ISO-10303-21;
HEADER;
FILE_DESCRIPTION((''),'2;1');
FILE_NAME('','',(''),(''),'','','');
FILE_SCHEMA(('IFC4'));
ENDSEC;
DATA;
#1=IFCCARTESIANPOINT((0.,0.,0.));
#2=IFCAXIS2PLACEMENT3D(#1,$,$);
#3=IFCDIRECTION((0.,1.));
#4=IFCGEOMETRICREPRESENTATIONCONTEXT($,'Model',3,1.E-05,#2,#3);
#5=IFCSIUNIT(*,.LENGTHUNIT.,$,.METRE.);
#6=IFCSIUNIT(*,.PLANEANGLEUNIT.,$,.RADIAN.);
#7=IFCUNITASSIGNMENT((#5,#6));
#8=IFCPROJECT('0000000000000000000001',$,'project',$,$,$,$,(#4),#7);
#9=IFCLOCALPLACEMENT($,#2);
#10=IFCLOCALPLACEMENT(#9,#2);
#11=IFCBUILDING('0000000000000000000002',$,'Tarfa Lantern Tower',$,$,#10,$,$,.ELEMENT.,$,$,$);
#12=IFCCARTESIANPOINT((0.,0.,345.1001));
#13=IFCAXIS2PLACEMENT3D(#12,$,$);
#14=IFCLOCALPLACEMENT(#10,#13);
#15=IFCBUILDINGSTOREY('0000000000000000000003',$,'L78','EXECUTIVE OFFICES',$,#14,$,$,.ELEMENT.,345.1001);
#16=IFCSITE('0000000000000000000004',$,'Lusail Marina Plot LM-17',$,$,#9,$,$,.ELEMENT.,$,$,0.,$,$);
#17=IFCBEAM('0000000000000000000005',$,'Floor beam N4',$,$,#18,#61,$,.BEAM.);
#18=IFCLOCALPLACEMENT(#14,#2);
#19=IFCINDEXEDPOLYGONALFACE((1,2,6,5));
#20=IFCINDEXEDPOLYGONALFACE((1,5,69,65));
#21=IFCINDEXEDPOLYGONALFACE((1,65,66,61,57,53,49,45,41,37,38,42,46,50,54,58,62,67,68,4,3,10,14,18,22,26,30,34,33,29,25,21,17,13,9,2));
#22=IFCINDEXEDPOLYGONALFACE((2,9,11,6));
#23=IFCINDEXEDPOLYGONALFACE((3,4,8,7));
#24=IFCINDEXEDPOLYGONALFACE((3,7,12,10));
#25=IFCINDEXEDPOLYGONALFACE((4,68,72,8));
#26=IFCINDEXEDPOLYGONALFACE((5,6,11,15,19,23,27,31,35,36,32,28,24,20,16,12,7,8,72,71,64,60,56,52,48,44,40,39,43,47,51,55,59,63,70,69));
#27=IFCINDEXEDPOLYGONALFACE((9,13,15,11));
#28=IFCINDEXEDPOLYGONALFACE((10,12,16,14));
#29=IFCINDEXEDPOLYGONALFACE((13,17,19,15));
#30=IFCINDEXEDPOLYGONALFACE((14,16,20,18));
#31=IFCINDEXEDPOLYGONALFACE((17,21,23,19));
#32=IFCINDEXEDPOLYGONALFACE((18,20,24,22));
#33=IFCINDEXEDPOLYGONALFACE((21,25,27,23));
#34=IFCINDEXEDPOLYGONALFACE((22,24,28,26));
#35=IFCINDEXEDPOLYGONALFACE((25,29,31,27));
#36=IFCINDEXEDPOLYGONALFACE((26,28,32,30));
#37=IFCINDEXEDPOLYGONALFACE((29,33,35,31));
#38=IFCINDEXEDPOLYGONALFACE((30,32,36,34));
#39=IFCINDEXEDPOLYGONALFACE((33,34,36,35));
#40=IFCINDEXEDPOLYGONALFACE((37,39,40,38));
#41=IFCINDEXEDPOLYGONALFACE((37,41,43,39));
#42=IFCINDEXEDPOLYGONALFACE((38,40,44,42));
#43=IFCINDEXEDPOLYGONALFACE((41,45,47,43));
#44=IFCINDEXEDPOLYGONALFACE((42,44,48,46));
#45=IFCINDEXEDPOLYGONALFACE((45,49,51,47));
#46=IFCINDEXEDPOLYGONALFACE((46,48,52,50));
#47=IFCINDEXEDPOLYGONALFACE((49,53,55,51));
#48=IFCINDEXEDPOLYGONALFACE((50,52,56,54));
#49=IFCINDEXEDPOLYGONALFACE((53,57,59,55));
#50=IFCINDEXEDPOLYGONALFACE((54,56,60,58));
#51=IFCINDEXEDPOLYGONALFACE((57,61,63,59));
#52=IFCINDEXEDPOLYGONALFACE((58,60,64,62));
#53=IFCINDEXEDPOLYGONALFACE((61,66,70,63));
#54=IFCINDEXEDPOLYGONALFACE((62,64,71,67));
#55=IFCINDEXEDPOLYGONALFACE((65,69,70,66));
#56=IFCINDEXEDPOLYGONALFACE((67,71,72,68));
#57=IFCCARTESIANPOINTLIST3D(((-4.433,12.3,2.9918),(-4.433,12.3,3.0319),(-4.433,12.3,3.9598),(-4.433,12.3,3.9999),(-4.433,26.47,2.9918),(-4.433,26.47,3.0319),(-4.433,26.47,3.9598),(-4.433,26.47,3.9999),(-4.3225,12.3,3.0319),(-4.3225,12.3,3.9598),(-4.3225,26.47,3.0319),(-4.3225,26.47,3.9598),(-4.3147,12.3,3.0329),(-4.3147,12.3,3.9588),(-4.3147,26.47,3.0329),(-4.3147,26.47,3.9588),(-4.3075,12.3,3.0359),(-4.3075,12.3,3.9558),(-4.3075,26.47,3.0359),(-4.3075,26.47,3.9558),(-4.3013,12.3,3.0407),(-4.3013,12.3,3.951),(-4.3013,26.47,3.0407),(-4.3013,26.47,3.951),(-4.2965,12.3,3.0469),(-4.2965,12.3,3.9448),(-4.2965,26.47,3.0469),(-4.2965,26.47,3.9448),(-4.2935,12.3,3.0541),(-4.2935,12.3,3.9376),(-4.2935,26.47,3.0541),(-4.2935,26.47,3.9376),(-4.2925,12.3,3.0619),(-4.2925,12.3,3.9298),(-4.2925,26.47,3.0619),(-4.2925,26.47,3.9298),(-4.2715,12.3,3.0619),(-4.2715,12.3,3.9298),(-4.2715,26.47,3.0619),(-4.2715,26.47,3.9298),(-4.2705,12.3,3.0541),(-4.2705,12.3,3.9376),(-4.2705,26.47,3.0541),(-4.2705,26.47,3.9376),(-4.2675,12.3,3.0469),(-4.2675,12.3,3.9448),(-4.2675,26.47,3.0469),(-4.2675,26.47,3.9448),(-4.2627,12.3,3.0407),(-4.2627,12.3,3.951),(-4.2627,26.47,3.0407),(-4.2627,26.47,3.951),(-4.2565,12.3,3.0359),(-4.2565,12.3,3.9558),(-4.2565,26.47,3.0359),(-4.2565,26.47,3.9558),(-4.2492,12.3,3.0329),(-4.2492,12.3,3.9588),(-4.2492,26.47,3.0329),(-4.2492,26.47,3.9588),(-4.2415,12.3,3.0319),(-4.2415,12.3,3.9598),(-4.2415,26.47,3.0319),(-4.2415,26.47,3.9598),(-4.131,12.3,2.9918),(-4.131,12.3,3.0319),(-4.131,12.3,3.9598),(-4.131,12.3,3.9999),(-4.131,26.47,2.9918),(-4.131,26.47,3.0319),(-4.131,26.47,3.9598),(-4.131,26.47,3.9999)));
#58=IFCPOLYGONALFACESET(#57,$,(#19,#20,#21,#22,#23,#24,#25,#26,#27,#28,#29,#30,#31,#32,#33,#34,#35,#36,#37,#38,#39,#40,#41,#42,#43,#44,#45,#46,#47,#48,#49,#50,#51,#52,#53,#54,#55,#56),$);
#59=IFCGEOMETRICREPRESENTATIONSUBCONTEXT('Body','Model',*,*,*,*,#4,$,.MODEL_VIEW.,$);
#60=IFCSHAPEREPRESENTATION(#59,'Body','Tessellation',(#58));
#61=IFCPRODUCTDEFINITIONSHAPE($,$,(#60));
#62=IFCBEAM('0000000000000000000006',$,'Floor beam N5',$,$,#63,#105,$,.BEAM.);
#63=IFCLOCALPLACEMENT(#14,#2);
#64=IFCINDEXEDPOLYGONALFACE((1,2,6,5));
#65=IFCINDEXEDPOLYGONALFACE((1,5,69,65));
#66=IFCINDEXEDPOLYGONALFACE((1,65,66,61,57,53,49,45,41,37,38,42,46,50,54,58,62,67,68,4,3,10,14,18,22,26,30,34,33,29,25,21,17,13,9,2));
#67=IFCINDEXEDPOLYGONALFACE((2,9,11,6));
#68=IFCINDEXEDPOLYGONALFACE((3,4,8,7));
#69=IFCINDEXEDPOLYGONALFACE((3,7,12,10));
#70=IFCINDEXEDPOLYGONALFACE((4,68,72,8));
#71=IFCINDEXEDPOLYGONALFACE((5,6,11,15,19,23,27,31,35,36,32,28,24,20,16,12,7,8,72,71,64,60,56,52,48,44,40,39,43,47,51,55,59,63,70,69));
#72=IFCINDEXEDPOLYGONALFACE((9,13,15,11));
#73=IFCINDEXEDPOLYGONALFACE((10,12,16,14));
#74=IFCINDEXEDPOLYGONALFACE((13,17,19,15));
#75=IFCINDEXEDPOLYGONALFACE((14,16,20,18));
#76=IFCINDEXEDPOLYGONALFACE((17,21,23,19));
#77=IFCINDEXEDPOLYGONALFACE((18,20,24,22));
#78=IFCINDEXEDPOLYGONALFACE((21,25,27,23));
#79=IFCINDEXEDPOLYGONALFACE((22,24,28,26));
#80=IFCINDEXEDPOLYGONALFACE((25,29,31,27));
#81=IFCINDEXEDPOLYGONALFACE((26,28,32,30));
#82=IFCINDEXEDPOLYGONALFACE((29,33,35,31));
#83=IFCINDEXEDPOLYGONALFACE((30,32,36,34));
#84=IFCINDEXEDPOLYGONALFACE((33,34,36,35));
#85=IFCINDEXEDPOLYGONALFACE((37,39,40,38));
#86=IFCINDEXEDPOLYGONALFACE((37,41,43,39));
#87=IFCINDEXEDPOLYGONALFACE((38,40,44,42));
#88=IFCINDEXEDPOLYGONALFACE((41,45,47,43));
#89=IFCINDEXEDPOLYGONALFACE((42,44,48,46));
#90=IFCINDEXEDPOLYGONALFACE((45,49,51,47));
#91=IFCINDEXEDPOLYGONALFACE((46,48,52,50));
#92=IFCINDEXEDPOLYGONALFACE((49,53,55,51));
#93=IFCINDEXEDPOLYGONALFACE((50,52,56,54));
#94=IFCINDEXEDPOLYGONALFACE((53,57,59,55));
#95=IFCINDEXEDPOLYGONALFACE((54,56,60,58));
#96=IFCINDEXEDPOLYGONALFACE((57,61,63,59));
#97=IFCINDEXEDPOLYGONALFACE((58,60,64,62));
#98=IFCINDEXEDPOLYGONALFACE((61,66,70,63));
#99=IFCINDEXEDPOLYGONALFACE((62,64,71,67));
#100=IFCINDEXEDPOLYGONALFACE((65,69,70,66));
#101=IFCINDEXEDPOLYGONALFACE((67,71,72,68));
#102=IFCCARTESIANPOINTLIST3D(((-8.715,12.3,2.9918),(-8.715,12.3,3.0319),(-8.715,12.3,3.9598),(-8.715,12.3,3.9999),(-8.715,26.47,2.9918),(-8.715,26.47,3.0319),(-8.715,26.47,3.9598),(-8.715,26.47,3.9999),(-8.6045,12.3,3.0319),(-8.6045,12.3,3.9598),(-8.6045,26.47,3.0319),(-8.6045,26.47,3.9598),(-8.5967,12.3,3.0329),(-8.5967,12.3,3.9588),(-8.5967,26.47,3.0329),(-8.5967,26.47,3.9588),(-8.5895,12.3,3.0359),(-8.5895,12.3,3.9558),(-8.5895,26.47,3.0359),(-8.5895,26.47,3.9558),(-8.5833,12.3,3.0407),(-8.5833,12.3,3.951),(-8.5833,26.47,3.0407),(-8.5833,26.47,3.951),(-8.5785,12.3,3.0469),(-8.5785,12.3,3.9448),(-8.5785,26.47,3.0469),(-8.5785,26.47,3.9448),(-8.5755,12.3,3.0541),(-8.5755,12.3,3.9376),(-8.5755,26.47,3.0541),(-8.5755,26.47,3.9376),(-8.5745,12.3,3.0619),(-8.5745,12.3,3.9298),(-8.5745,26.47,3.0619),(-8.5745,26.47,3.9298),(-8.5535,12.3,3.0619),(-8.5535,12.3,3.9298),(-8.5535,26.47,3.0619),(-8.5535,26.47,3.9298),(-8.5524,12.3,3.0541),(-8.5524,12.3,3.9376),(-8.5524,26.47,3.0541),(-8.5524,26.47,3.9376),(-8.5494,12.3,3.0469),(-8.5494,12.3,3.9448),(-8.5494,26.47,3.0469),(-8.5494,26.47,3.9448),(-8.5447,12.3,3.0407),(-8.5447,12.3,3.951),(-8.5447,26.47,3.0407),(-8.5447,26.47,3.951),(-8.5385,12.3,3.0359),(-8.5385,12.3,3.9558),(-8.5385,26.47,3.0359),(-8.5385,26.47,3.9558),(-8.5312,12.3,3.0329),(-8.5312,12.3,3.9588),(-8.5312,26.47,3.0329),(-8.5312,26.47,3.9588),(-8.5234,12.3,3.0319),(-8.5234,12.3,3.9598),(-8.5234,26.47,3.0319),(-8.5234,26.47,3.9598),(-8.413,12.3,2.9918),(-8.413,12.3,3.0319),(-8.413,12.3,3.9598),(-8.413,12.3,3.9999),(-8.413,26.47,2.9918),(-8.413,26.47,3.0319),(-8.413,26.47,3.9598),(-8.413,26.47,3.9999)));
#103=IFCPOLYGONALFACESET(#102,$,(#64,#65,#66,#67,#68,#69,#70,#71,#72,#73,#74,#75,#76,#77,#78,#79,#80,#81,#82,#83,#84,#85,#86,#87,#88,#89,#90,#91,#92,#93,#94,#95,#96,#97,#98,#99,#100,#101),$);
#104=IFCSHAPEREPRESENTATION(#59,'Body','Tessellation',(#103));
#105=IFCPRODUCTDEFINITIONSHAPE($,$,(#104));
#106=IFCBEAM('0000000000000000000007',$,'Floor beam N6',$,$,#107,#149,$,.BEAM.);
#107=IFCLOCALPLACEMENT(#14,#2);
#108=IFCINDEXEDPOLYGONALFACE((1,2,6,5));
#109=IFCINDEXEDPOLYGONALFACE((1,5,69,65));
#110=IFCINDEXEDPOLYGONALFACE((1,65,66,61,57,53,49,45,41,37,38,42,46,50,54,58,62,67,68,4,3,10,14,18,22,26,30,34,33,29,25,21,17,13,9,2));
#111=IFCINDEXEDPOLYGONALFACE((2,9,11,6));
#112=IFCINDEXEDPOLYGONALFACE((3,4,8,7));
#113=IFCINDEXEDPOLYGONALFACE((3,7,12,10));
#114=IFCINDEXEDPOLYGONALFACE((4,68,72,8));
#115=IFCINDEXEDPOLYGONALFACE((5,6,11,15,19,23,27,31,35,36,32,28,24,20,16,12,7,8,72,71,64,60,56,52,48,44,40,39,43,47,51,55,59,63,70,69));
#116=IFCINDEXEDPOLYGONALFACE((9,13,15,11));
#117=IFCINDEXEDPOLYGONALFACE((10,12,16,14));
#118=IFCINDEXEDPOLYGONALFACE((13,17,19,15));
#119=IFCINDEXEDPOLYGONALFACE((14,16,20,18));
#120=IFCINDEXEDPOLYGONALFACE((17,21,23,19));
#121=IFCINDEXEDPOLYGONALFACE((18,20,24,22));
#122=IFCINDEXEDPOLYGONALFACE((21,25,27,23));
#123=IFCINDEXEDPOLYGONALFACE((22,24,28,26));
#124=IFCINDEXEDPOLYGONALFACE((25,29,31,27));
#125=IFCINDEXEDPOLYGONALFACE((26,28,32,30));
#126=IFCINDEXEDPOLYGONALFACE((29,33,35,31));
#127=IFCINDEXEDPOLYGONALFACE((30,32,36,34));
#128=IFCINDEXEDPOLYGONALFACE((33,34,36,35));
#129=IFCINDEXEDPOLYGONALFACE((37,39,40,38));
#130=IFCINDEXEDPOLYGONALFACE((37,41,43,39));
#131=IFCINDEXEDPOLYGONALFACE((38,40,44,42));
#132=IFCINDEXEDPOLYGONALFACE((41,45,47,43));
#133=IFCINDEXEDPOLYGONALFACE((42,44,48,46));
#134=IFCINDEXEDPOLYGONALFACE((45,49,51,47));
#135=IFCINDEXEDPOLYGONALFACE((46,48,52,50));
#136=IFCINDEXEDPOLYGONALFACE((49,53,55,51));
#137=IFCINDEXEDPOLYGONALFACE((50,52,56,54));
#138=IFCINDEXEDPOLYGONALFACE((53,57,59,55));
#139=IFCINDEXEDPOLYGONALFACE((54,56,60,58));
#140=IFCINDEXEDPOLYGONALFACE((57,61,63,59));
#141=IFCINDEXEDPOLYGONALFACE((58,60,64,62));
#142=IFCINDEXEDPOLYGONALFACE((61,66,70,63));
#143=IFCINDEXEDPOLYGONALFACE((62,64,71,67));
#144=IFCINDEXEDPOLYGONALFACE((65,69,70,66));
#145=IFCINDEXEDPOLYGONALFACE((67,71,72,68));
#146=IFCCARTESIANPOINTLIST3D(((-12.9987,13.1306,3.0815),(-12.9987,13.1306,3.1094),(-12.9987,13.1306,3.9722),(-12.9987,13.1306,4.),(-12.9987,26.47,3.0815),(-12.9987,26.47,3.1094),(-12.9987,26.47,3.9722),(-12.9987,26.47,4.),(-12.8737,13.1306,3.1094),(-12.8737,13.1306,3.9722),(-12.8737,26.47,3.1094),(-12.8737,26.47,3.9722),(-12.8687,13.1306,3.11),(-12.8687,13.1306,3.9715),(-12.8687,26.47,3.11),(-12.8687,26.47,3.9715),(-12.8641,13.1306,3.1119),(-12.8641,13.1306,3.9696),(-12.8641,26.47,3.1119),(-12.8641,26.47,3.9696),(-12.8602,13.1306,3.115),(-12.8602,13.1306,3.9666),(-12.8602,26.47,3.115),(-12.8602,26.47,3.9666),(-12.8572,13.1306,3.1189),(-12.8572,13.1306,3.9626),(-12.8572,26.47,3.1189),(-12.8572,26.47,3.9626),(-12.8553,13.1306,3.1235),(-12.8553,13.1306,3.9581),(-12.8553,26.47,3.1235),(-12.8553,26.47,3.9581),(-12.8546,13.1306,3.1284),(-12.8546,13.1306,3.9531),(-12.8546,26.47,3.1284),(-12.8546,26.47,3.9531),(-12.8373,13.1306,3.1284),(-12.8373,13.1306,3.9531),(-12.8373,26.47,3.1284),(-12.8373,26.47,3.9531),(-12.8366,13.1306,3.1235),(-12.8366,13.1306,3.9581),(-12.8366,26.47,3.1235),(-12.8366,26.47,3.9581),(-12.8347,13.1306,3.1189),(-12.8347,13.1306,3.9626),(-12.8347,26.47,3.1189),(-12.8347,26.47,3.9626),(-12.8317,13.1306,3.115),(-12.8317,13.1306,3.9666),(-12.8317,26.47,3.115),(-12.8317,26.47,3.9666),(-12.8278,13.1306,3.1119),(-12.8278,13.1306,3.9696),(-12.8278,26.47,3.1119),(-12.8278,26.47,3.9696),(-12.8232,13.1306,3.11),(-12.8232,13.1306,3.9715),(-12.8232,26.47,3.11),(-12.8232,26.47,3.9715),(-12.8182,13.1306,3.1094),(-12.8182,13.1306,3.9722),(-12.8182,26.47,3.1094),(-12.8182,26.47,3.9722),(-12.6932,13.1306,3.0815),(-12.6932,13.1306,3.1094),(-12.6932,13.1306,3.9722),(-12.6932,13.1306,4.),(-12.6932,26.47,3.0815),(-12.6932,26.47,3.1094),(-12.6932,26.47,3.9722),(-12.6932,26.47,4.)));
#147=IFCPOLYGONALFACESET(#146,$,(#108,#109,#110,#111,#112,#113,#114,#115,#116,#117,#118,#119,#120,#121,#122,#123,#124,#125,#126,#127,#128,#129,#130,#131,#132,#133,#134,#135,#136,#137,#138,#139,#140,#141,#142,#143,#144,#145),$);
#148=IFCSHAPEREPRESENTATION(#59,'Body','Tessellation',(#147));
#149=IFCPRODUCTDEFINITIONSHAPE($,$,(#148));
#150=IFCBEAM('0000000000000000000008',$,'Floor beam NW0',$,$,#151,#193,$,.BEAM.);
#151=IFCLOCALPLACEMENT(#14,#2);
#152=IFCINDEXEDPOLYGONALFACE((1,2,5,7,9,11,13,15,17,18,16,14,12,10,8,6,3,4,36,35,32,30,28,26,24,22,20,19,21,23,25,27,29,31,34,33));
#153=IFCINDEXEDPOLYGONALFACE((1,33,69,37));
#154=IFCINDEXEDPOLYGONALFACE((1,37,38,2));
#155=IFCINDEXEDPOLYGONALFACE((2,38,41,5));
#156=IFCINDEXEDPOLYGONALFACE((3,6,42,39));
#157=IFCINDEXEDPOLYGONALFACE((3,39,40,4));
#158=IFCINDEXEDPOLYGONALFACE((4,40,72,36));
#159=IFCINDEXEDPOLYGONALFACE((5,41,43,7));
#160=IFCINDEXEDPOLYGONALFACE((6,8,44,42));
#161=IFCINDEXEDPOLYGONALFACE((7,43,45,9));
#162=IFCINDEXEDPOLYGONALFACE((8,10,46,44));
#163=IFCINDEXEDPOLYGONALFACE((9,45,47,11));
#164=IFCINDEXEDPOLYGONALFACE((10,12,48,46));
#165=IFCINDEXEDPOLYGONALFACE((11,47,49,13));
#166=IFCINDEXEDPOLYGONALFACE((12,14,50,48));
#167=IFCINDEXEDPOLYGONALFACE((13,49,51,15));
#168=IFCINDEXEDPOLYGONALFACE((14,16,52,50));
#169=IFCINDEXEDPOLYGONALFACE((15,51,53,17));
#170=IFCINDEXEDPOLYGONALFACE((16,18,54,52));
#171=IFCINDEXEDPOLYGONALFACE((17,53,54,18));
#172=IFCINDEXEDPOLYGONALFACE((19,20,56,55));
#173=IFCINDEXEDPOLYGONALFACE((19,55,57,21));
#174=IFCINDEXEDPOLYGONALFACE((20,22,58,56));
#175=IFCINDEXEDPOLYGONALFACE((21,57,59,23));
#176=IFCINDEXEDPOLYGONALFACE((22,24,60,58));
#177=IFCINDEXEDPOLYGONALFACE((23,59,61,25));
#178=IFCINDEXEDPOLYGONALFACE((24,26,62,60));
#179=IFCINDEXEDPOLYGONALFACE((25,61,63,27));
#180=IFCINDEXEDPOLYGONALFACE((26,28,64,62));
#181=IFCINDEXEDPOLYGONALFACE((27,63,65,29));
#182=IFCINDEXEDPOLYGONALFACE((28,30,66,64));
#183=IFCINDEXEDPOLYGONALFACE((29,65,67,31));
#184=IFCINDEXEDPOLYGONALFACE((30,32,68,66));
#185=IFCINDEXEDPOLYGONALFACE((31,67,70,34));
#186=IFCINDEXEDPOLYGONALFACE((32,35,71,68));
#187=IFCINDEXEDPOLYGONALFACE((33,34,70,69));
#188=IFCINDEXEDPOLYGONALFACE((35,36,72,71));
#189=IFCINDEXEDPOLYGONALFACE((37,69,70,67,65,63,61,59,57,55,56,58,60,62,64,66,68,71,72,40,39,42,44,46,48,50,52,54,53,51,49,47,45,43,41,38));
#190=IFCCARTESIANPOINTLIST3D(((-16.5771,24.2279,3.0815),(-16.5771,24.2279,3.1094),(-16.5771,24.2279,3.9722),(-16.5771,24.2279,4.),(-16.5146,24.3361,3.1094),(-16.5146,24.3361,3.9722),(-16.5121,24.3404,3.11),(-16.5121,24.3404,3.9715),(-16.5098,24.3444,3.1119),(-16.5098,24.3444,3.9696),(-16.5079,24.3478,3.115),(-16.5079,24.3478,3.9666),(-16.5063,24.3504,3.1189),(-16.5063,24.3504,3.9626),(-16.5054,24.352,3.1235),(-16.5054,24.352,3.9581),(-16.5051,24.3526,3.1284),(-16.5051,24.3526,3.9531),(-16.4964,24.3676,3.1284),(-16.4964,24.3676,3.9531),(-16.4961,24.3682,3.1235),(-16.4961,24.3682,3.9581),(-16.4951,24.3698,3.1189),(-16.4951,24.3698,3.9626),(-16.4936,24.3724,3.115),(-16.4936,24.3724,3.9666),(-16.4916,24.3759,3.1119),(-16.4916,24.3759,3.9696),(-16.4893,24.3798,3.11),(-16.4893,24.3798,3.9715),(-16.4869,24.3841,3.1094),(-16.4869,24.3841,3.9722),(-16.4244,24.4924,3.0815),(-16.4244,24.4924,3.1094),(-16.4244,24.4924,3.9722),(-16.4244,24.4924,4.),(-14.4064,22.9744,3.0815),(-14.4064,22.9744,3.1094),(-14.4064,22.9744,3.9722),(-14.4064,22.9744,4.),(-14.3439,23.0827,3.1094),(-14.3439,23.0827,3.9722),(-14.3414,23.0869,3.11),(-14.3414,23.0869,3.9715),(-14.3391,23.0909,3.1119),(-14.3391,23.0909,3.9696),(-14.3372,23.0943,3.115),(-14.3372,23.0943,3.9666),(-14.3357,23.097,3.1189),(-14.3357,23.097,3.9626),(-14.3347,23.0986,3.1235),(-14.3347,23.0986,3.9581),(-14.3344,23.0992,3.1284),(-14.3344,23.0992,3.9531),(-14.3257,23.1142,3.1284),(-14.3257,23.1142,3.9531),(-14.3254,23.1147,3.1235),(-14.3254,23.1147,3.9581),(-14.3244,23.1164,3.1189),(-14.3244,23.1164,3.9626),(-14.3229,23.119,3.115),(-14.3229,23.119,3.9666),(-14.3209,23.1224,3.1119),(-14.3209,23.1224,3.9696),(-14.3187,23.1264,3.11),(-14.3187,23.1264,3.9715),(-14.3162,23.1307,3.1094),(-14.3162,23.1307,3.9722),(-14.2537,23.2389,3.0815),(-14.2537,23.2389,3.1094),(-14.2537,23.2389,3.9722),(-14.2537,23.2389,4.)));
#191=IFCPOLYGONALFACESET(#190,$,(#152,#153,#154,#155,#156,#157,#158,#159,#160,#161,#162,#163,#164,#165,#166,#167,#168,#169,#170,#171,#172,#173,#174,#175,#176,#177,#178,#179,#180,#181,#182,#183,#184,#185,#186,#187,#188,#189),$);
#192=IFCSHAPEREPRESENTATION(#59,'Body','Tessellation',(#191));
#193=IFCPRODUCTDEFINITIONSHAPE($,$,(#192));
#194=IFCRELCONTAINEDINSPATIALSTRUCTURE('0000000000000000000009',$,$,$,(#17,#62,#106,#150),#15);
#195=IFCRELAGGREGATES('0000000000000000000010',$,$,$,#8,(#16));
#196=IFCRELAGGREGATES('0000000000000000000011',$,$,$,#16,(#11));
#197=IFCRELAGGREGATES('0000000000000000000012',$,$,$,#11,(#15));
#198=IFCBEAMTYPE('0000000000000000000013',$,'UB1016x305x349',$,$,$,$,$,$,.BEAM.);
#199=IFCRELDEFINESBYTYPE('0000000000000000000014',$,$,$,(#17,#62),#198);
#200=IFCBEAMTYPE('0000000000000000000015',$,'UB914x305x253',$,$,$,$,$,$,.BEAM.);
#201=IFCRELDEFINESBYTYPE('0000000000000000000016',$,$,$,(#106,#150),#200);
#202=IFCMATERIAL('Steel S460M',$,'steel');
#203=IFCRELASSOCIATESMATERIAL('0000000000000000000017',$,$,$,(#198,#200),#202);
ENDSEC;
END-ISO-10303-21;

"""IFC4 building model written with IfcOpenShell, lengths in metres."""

from ifc_helpers import new_model, si_unit, direction, frame, origin, origin_2d, place, context, subcontext, project, spatial, i_section, extrude, material, material_profile, profile_set, type_object, element, save


model = new_model("IFC4")

# Units and contexts
model_context = context("Model", 3, precision=1e-05, world=origin(), true_north=direction((0.0, 1.0)))
body_context = subcontext(model_context, "Body", "Model", "MODEL_VIEW")
ifc_project = project(units=[si_unit("LENGTHUNIT", "METRE"), si_unit("PLANEANGLEUNIT", "RADIAN")], contexts=[model_context])

# Site, building, storey
site_placement = place(None, origin())
site = spatial("IfcSite", under=ifc_project, at=site_placement, Name="Lusail Marina Plot LM-17", CompositionType="ELEMENT", RefElevation=0.0)
building_placement = place(site_placement, origin())
building = spatial("IfcBuilding", under=site, at=building_placement, Name="Tarfa Lantern Tower", CompositionType="ELEMENT")
storey_placement = place(building_placement, frame((0.0, 0.0, 345.1001)))
storey = spatial("IfcBuildingStorey", under=building, at=storey_placement, Name="L78", Description="EXECUTIVE OFFICES", CompositionType="ELEMENT", Elevation=345.1001)

# Beams
ifc_material_1 = material(Name="Steel S460M", Category="steel")
ifc_material_profile_1 = material_profile(ifc_material_1, i_section(OverallWidth=0.302, OverallDepth=1.0081, WebThickness=0.021, FlangeThickness=0.04, FilletRadius=0.03, at=origin_2d()), Name="UB1016x305x349")
ifc_profile_set_1 = profile_set([ifc_material_profile_1], Name="Steel S460M")
beam_type_1 = type_object("IfcBeamType", Name="UB1016x305x349", PredefinedType="BEAM", material=ifc_profile_set_1)
for number, where, z_axis, x_axis, name in (
    (1, (-4.282, 26.47, 3.4958), (0.0, -1.0, 0.0), (1.0, 0.0, 0.0), "Floor beam N4"),
    (2, (-8.564, 26.47, 3.4958), (0.0, -1.0, 0.0), (1.0, 0.0, 0.0), "Floor beam N5"),
):
    element("IfcBeam", number, at=place(storey_placement, frame(where, z_axis=z_axis, x_axis=x_axis)), inside=storey, type_object=beam_type_1, Name=name, PredefinedType="BEAM", context=body_context, shape_type="SweptSolid", body=[
        extrude(i_section(OverallWidth=0.302, OverallDepth=1.0081, WebThickness=0.021, FlangeThickness=0.04, FilletRadius=0.03, at=origin_2d()), origin(), (0.0, 0.0, 1.0), 14.1699),
    ])
ifc_material_profile_2 = material_profile(ifc_material_1, i_section(OverallWidth=0.3054, OverallDepth=0.9185, WebThickness=0.0173, FlangeThickness=0.0278, FilletRadius=0.019, at=origin_2d()), Name="UB914x305x253")
ifc_profile_set_2 = profile_set([ifc_material_profile_2], Name="Steel S460M")
beam_type_2 = type_object("IfcBeamType", Name="UB914x305x253", PredefinedType="BEAM", material=ifc_profile_set_2)
beam_1_placement = place(storey_placement, frame((-12.8459, 26.47, 3.5408), z_axis=(0.0, -1.0, 0.0), x_axis=(1.0, 0.0, 0.0)))
element("IfcBeam", 3, at=beam_1_placement, inside=storey, type_object=beam_type_2, Name="Floor beam N6", PredefinedType="BEAM", context=body_context, shape_type="SweptSolid", body=[
    extrude(i_section(OverallWidth=0.3054, OverallDepth=0.9185, WebThickness=0.0173, FlangeThickness=0.0278, FilletRadius=0.019, at=origin_2d()), origin(), (0.0, 0.0, 1.0), 13.3394),
])
beam_2_placement = place(storey_placement, frame((-16.5007, 24.3601, 3.5408), z_axis=(0.865993, -0.500057, 0.0), x_axis=(0.500057, 0.865993, 0.0)))
element("IfcBeam", 4, at=beam_2_placement, inside=storey, type_object=beam_type_2, Name="Floor beam NW0", PredefinedType="BEAM", context=body_context, shape_type="SweptSolid", body=[
    extrude(i_section(OverallWidth=0.3054, OverallDepth=0.9185, WebThickness=0.0173, FlangeThickness=0.0278, FilletRadius=0.019, at=origin_2d()), origin(), (0.0, 0.0, 1.0), 2.5066),
])

save(model, "model.ifc")
